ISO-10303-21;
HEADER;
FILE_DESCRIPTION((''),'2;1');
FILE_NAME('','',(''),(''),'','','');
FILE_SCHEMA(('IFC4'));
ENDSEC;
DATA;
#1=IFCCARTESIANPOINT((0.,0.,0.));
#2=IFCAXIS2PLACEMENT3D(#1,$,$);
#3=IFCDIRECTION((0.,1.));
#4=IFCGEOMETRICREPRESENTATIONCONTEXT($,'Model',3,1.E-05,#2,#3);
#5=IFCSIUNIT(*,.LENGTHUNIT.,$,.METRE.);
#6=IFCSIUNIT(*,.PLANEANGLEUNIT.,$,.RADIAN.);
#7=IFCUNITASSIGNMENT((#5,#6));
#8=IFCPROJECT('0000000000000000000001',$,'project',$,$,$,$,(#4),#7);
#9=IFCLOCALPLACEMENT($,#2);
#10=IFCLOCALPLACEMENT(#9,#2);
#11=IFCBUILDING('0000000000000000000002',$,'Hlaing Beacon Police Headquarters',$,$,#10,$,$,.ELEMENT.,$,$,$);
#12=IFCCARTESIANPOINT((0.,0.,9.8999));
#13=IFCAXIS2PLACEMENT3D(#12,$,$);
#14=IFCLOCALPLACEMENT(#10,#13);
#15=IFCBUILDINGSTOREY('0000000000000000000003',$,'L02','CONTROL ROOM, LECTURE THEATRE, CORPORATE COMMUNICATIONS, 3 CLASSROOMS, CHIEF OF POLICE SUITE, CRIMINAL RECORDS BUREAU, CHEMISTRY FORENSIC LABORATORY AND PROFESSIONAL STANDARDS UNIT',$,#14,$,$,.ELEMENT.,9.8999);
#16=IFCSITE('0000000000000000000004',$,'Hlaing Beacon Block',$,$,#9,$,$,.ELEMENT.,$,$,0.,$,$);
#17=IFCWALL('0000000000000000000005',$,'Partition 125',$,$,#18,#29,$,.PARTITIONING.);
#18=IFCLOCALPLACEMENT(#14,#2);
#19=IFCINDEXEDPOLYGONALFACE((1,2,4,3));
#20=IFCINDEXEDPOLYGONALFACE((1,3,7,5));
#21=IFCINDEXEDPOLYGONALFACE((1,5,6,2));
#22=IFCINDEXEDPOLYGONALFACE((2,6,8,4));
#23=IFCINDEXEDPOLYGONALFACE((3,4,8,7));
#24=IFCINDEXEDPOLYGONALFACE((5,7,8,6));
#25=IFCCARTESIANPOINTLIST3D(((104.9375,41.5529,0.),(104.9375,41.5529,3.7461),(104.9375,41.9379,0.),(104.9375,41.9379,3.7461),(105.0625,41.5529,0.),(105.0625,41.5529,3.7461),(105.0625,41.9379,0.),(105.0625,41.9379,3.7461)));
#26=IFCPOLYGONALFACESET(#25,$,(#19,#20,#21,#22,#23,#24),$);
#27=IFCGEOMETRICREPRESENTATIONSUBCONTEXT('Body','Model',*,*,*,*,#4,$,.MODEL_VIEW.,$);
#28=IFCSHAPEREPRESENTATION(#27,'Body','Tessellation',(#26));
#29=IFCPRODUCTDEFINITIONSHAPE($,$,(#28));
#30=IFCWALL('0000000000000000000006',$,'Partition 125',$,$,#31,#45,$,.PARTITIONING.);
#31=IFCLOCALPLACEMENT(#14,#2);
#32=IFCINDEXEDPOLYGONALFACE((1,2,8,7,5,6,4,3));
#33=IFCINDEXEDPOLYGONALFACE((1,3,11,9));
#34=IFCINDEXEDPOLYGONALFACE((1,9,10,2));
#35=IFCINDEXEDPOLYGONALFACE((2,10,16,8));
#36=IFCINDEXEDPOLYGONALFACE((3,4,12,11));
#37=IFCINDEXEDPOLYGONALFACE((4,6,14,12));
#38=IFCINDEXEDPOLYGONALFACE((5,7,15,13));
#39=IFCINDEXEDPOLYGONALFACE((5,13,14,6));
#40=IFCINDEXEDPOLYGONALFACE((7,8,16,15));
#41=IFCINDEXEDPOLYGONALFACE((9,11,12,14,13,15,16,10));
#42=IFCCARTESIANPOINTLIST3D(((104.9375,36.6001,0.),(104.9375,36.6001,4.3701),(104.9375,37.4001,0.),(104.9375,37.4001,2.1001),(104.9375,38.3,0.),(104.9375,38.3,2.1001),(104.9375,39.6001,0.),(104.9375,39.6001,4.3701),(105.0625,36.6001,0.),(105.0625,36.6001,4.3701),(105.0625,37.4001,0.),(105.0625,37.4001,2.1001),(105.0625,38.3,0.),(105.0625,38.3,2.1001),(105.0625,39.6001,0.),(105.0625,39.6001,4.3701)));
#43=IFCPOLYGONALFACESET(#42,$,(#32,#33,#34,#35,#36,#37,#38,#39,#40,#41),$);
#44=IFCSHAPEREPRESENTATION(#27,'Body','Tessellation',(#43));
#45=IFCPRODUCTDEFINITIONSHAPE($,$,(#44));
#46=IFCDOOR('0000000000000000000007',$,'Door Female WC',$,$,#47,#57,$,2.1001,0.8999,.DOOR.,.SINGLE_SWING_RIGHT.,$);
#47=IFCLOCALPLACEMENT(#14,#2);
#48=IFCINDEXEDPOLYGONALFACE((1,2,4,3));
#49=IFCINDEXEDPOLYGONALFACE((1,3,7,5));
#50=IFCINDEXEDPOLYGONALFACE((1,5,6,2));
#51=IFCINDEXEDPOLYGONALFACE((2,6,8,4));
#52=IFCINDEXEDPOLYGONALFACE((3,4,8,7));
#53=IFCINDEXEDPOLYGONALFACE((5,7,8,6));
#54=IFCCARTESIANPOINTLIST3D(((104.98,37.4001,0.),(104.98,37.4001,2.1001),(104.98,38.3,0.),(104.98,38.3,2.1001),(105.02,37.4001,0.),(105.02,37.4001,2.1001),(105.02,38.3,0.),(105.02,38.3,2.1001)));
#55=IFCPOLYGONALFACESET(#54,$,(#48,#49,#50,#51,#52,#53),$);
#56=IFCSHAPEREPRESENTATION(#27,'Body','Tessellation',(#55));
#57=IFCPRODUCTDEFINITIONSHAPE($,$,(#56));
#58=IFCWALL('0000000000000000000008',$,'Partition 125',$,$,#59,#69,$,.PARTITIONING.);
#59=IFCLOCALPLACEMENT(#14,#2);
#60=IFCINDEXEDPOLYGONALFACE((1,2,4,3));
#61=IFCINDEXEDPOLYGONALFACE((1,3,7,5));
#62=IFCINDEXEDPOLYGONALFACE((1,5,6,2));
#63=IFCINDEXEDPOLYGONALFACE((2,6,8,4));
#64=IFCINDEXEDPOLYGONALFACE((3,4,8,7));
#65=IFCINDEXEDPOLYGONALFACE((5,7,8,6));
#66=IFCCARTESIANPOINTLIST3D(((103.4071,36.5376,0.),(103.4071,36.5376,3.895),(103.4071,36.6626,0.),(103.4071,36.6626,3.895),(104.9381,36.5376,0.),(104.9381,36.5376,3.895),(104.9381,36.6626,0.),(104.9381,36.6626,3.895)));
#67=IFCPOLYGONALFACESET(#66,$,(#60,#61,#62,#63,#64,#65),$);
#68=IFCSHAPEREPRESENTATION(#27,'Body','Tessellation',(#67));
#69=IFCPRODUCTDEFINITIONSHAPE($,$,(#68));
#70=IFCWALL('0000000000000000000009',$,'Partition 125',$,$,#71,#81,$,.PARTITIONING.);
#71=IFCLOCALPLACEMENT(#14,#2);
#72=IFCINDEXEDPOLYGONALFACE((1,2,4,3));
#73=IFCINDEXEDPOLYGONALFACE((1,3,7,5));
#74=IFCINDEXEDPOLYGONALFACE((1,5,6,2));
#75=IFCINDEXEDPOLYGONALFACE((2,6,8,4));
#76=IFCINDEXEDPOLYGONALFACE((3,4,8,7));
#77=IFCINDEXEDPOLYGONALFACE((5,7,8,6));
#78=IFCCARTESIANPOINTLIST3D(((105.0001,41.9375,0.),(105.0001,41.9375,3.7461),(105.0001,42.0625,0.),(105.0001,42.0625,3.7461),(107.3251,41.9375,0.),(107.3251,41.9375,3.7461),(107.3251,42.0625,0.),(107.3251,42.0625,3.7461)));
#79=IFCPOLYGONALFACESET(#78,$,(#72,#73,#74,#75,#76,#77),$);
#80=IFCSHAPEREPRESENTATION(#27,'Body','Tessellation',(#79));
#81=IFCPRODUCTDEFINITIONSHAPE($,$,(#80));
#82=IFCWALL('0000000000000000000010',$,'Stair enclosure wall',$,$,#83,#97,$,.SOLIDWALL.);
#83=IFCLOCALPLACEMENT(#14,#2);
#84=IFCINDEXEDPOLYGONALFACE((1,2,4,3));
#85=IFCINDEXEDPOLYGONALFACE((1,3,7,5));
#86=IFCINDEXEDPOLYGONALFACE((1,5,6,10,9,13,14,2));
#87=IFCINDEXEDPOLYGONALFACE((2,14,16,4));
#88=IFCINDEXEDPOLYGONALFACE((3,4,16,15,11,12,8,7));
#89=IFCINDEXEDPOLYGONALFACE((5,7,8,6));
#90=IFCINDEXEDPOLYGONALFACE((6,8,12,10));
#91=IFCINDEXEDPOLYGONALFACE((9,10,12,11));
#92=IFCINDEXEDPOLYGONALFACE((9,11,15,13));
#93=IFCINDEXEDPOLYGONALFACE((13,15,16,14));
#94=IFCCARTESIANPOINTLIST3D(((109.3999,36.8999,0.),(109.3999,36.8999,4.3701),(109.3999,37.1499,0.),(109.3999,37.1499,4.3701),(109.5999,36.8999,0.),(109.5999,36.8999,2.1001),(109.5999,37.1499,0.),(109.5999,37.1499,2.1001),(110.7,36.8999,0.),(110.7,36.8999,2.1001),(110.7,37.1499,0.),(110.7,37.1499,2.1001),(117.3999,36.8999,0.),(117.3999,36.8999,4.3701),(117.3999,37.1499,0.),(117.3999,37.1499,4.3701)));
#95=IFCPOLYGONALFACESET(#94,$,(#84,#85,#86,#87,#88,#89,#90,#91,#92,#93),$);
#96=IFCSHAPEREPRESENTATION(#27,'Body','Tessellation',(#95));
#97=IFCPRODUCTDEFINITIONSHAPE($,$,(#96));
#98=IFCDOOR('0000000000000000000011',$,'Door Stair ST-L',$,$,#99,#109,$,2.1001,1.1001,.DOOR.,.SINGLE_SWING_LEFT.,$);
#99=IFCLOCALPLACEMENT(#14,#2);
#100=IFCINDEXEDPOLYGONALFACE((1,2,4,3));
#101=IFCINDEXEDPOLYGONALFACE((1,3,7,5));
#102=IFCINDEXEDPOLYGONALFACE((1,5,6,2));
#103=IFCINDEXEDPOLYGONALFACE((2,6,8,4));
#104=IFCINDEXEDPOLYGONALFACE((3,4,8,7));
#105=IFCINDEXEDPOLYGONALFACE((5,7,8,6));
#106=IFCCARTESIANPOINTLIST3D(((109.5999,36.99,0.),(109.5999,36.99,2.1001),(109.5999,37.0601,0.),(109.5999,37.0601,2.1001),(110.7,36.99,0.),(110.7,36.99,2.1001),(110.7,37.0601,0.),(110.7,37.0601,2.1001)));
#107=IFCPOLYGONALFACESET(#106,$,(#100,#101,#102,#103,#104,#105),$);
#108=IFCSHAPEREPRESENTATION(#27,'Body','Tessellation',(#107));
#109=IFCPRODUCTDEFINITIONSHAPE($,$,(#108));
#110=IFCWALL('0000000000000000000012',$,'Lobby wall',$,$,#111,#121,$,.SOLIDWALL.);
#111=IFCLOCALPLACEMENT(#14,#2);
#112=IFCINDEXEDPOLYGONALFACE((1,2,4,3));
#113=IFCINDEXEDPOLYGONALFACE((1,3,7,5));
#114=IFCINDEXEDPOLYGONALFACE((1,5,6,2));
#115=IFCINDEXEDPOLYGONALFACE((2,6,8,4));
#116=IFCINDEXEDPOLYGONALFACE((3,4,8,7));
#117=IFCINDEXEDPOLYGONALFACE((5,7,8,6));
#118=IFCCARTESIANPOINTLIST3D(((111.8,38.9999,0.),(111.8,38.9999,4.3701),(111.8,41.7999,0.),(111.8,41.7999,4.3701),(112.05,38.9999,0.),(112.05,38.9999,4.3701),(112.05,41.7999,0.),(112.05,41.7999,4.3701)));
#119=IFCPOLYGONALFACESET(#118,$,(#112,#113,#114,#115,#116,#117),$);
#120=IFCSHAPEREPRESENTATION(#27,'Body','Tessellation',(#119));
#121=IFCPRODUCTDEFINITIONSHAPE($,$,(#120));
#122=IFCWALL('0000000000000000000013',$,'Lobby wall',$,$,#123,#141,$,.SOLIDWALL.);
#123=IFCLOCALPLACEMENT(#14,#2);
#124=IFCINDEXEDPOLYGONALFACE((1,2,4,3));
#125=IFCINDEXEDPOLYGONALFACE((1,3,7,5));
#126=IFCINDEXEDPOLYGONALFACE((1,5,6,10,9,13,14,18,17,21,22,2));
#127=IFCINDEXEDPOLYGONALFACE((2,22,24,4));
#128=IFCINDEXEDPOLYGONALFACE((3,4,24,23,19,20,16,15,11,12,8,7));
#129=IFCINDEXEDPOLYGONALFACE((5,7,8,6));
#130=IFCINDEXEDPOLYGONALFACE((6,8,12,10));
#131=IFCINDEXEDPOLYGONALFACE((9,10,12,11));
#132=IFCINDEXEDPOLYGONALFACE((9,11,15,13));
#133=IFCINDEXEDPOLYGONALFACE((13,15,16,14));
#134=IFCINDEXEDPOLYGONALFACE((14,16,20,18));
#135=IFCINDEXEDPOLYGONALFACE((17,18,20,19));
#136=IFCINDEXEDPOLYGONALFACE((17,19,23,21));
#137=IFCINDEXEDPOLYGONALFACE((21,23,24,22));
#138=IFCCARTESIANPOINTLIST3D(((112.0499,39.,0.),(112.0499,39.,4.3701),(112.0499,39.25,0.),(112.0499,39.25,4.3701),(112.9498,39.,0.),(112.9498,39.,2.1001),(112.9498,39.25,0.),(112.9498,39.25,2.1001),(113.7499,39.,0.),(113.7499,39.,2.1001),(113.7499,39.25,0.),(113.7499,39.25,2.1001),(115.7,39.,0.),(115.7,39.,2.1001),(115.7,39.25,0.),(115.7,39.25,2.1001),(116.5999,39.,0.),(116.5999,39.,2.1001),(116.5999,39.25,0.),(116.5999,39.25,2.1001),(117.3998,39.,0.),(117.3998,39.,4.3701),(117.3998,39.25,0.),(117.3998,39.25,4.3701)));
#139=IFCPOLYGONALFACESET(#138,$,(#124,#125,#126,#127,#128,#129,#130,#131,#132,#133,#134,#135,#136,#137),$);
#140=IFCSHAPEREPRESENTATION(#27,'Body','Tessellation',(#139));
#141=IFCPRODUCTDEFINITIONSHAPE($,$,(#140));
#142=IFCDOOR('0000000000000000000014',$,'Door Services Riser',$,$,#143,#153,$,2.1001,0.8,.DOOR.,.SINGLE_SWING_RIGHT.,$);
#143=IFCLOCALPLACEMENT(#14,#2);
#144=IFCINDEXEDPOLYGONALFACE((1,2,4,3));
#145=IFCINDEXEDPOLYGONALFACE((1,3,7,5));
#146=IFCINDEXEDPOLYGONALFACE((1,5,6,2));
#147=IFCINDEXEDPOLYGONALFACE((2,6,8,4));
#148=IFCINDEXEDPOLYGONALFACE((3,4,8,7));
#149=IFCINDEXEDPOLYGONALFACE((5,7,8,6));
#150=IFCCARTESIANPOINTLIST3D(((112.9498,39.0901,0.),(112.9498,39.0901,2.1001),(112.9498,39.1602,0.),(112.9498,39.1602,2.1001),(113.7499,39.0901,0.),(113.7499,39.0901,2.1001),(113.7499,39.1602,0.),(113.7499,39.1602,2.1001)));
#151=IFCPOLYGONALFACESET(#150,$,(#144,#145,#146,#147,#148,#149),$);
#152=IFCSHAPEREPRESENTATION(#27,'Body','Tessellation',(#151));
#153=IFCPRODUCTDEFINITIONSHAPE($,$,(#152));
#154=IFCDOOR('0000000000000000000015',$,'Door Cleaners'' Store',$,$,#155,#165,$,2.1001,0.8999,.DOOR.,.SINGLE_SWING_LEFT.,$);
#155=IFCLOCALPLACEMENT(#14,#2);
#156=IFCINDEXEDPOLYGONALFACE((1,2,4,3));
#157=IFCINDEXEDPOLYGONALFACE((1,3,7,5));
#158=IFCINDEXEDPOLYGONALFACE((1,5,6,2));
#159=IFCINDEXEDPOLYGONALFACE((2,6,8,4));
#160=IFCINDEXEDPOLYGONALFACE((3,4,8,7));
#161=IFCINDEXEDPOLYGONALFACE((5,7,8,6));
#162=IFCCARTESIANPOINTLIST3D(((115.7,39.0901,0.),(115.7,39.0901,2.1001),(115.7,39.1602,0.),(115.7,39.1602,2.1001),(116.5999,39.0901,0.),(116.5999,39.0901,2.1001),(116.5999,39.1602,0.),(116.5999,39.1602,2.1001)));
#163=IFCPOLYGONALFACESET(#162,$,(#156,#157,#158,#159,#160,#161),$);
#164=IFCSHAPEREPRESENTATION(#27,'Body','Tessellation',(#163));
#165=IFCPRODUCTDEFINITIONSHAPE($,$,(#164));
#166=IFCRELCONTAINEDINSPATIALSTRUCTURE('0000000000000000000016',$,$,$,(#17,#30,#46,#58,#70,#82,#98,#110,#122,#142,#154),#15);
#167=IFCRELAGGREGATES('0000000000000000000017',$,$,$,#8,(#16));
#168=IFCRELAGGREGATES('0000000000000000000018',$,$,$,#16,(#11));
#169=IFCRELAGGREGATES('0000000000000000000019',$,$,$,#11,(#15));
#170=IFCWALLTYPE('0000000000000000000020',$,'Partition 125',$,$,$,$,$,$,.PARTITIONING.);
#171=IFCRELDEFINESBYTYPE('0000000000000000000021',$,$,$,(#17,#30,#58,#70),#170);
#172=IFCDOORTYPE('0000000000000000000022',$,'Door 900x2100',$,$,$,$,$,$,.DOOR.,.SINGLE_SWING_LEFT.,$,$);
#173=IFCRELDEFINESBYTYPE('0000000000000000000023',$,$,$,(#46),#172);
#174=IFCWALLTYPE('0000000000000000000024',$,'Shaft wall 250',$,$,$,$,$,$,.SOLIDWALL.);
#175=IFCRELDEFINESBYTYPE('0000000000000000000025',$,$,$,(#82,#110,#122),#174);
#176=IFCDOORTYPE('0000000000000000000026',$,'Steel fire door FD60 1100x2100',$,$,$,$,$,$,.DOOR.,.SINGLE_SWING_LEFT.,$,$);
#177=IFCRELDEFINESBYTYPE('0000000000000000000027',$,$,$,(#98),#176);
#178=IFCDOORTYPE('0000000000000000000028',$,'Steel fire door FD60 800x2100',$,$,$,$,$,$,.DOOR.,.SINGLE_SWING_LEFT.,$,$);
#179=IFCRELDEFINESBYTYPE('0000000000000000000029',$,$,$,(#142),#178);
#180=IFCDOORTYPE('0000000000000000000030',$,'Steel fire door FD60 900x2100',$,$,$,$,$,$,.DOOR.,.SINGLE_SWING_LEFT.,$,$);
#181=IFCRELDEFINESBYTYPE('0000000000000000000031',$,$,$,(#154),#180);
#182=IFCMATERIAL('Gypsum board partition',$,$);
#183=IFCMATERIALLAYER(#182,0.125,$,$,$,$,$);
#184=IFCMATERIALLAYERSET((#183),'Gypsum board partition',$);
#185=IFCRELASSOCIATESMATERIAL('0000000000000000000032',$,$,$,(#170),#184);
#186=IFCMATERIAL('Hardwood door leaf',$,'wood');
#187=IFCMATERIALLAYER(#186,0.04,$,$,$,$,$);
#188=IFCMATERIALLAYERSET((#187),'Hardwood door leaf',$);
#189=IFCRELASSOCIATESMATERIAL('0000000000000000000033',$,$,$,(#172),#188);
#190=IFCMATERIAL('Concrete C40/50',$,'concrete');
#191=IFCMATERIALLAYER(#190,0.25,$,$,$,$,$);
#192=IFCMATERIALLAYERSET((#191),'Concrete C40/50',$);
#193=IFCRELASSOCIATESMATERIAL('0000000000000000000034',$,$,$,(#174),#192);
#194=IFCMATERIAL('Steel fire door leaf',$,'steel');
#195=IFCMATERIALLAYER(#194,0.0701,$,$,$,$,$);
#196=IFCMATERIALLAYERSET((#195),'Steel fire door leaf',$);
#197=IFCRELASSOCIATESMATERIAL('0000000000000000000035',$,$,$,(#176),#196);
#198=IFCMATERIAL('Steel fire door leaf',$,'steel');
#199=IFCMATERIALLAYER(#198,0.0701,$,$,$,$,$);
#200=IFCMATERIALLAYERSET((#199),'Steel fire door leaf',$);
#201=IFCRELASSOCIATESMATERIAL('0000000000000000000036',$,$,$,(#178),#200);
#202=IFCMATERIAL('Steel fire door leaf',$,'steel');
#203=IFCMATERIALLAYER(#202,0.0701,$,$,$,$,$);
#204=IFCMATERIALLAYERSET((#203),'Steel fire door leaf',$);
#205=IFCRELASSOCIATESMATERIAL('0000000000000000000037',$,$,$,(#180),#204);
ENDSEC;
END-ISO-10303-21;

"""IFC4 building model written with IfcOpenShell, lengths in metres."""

from ifc_helpers import new_model, si_unit, direction, frame, frame_2d, origin, place, context, subcontext, project, spatial, rectangle, extrude, material, layer, layer_set, type_object, element, fill, save


model = new_model("IFC4")

# Units and contexts
model_context = context("Model", 3, precision=1e-05, world=origin(), true_north=direction((0.0, 1.0)))
body_context = subcontext(model_context, "Body", "Model", "MODEL_VIEW")
ifc_project = project(units=[si_unit("LENGTHUNIT", "METRE"), si_unit("PLANEANGLEUNIT", "RADIAN")], contexts=[model_context])

# Site, building, storey
site_placement = place(None, origin())
site = spatial("IfcSite", under=ifc_project, at=site_placement, Name="Hlaing Beacon Block", CompositionType="ELEMENT", RefElevation=0.0)
building_placement = place(site_placement, origin())
building = spatial("IfcBuilding", under=site, at=building_placement, Name="Hlaing Beacon Police Headquarters", CompositionType="ELEMENT")
storey_placement = place(building_placement, frame((0.0, 0.0, 9.8999)))
storey = spatial("IfcBuildingStorey", under=building, at=storey_placement, Name="L02", Description="CONTROL ROOM, LECTURE THEATRE, CORPORATE COMMUNICATIONS, 3 CLASSROOMS, CHIEF OF POLICE SUITE, CRIMINAL RECORDS BUREAU, CHEMISTRY FORENSIC LABORATORY AND PROFESSIONAL STANDARDS UNIT", CompositionType="ELEMENT", Elevation=9.8999)

# Shared definitions
ifc_material_1 = material(Name="Gypsum board partition")
ifc_layer_1 = layer(ifc_material_1, 0.125)
ifc_layer_set_1 = layer_set([ifc_layer_1], Name="Gypsum board partition")
wall_type_1 = type_object("IfcWallType", Name="Partition 125", PredefinedType="PARTITIONING", material=ifc_layer_set_1)

# Wall
wall_1_placement = place(storey_placement, frame((105.0, 41.553, 0.0), z_axis=(0.0, 0.0, 1.0), x_axis=(0.0, 1.0, 0.0)))
element("IfcWall", 1, at=wall_1_placement, inside=storey, type_object=wall_type_1, Name="Partition 125", PredefinedType="PARTITIONING", context=body_context, shape_type="SweptSolid", body=[
    extrude(rectangle(XDim=0.385, YDim=0.125, at=frame_2d((0.1924, 0.0))), origin(), (0.0, 0.0, 1.0), 3.7461),
])

# Wall, opening, door
wall_2_placement = place(storey_placement, frame((105.0, 36.6001, 0.0), z_axis=(0.0, 0.0, 1.0), x_axis=(0.0, 1.0, 0.0)))
wall_2 = element("IfcWall", 2, at=wall_2_placement, inside=storey, type_object=wall_type_1, Name="Partition 125", PredefinedType="PARTITIONING", context=body_context, shape_type="SweptSolid", body=[
    extrude(rectangle(XDim=3.0, YDim=0.125, at=frame_2d((1.5, 0.0))), origin(), (0.0, 0.0, 1.0), 4.3701),
])
opening_1_placement = place(wall_2_placement, frame((0.8, 0.0, 0.0)))
opening_1 = element("IfcOpeningElement", 3, at=opening_1_placement, cuts=wall_2, PredefinedType="OPENING", context=body_context, shape_type="SweptSolid", body=[
    extrude(rectangle(XDim=0.8999, YDim=2.1001, at=frame_2d((0.45, 1.05))), frame((0.0, 0.0725, 0.0), z_axis=(0.0, -1.0, 0.0), x_axis=(1.0, 0.0, 0.0)), (0.0, 0.0, 1.0), 0.145),
])
ifc_material_2 = material(Name="Hardwood door leaf", Category="wood")
ifc_layer_2 = layer(ifc_material_2, 0.04)
ifc_layer_set_2 = layer_set([ifc_layer_2], Name="Hardwood door leaf")
door_type_1 = type_object("IfcDoorType", Name="Door 900x2100", OperationType="SINGLE_SWING_LEFT", PredefinedType="DOOR", material=ifc_layer_set_2)
door_1_placement = place(opening_1_placement, origin())
door_1 = element("IfcDoor", 4, at=door_1_placement, inside=storey, type_object=door_type_1, Name="Door Female WC", OperationType="SINGLE_SWING_RIGHT", OverallHeight=2.1001, OverallWidth=0.8999, PredefinedType="DOOR", context=body_context, shape_type="SweptSolid", body=[
    extrude(rectangle(XDim=0.8999, YDim=2.1001, at=frame_2d((0.45, 1.05))), frame((0.0, 0.02, 0.0), z_axis=(0.0, -1.0, 0.0), x_axis=(1.0, 0.0, 0.0)), (0.0, 0.0, 1.0), 0.04),
])
fill(opening_1, door_1)

# Walls
wall_3_placement = place(storey_placement, frame((103.407, 36.6001, 0.0), z_axis=(0.0, 0.0, 1.0), x_axis=(1.0, 0.0, 0.0)))
element("IfcWall", 5, at=wall_3_placement, inside=storey, type_object=wall_type_1, Name="Partition 125", PredefinedType="PARTITIONING", context=body_context, shape_type="SweptSolid", body=[
    extrude(rectangle(XDim=1.531, YDim=0.125, at=frame_2d((0.7656, 0.0))), origin(), (0.0, 0.0, 1.0), 3.895),
])
wall_4_placement = place(storey_placement, frame((105.0, 42.0, 0.0), z_axis=(0.0, 0.0, 1.0), x_axis=(1.0, 0.0, 0.0)))
element("IfcWall", 6, at=wall_4_placement, inside=storey, type_object=wall_type_1, Name="Partition 125", PredefinedType="PARTITIONING", context=body_context, shape_type="SweptSolid", body=[
    extrude(rectangle(XDim=2.325, YDim=0.125, at=frame_2d((1.1626, 0.0))), origin(), (0.0, 0.0, 1.0), 3.7461),
])

# Wall, opening, door
ifc_material_3 = material(Name="Concrete C40/50", Category="concrete")
ifc_layer_3 = layer(ifc_material_3, 0.25)
ifc_layer_set_3 = layer_set([ifc_layer_3], Name="Concrete C40/50")
wall_type_2 = type_object("IfcWallType", Name="Shaft wall 250", PredefinedType="SOLIDWALL", material=ifc_layer_set_3)
wall_5_placement = place(storey_placement, frame((109.3999, 37.0249, 0.0), z_axis=(0.0, 0.0, 1.0), x_axis=(1.0, 0.0, 0.0)))
wall_5 = element("IfcWall", 7, at=wall_5_placement, inside=storey, type_object=wall_type_2, Name="Stair enclosure wall", PredefinedType="SOLIDWALL", context=body_context, shape_type="SweptSolid", body=[
    extrude(rectangle(XDim=8.0, YDim=0.25, at=frame_2d((4.0, 0.0))), origin(), (0.0, 0.0, 1.0), 4.3701),
])
opening_2_placement = place(wall_5_placement, frame((0.2, 0.0, 0.0)))
opening_2 = element("IfcOpeningElement", 8, at=opening_2_placement, cuts=wall_5, PredefinedType="OPENING", context=body_context, shape_type="SweptSolid", body=[
    extrude(rectangle(XDim=1.1001, YDim=2.1001, at=frame_2d((0.55, 1.05))), frame((0.0, 0.135, 0.0), z_axis=(0.0, -1.0, 0.0), x_axis=(1.0, 0.0, 0.0)), (0.0, 0.0, 1.0), 0.27),
])
ifc_material_4 = material(Name="Steel fire door leaf", Category="steel")
ifc_layer_4 = layer(ifc_material_4, 0.0701)
ifc_layer_set_4 = layer_set([ifc_layer_4], Name="Steel fire door leaf")
door_type_2 = type_object("IfcDoorType", Name="Steel fire door FD60 1100x2100", OperationType="SINGLE_SWING_LEFT", PredefinedType="DOOR", material=ifc_layer_set_4)
door_2_placement = place(opening_2_placement, frame((1.1001, 0.0, 0.0), z_axis=(0.0, 0.0, 1.0), x_axis=(-1.0, 0.0, 0.0)))
door_2 = element("IfcDoor", 9, at=door_2_placement, inside=storey, type_object=door_type_2, Name="Door Stair ST-L", OperationType="SINGLE_SWING_LEFT", OverallHeight=2.1001, OverallWidth=1.1001, PredefinedType="DOOR", context=body_context, shape_type="SweptSolid", body=[
    extrude(rectangle(XDim=1.1001, YDim=2.1001, at=frame_2d((0.55, 1.05))), frame((0.0, 0.0349, 0.0), z_axis=(0.0, -1.0, 0.0), x_axis=(1.0, 0.0, 0.0)), (0.0, 0.0, 1.0), 0.0701),
])
fill(opening_2, door_2)

# Wall
wall_6_placement = place(storey_placement, frame((111.925, 39.0, 0.0), z_axis=(0.0, 0.0, 1.0), x_axis=(0.0, 1.0, 0.0)))
element("IfcWall", 10, at=wall_6_placement, inside=storey, type_object=wall_type_2, Name="Lobby wall", PredefinedType="SOLIDWALL", context=body_context, shape_type="SweptSolid", body=[
    extrude(rectangle(XDim=2.8, YDim=0.25, at=frame_2d((1.3999, 0.0))), origin(), (0.0, 0.0, 1.0), 4.3701),
])

# Wall, openings, doors
wall_7_placement = place(storey_placement, frame((112.05, 39.125, 0.0), z_axis=(0.0, 0.0, 1.0), x_axis=(1.0, 0.0, 0.0)))
wall_7 = element("IfcWall", 11, at=wall_7_placement, inside=storey, type_object=wall_type_2, Name="Lobby wall", PredefinedType="SOLIDWALL", context=body_context, shape_type="SweptSolid", body=[
    extrude(rectangle(XDim=5.3499, YDim=0.25, at=frame_2d((2.6748, 0.0))), origin(), (0.0, 0.0, 1.0), 4.3701),
])
opening_3_placement = place(wall_7_placement, frame((3.6499, 0.0, 0.0)))
opening_3 = element("IfcOpeningElement", 12, at=opening_3_placement, cuts=wall_7, PredefinedType="OPENING", context=body_context, shape_type="SweptSolid", body=[
    extrude(rectangle(XDim=0.8999, YDim=2.1001, at=frame_2d((0.45, 1.05))), frame((0.0, 0.135, 0.0), z_axis=(0.0, -1.0, 0.0), x_axis=(1.0, 0.0, 0.0)), (0.0, 0.0, 1.0), 0.27),
])
opening_4_placement = place(wall_7_placement, frame((0.8999, 0.0, 0.0)))
opening_4 = element("IfcOpeningElement", 13, at=opening_4_placement, cuts=wall_7, PredefinedType="OPENING", context=body_context, shape_type="SweptSolid", body=[
    extrude(rectangle(XDim=0.8, YDim=2.1001, at=frame_2d((0.3999, 1.05))), frame((0.0, 0.135, 0.0), z_axis=(0.0, -1.0, 0.0), x_axis=(1.0, 0.0, 0.0)), (0.0, 0.0, 1.0), 0.27),
])
ifc_material_5 = material(Name="Steel fire door leaf", Category="steel")
ifc_layer_5 = layer(ifc_material_5, 0.0701)
ifc_layer_set_5 = layer_set([ifc_layer_5], Name="Steel fire door leaf")
door_type_3 = type_object("IfcDoorType", Name="Steel fire door FD60 800x2100", OperationType="SINGLE_SWING_LEFT", PredefinedType="DOOR", material=ifc_layer_set_5)
door_3_placement = place(opening_4_placement, origin())
door_3 = element("IfcDoor", 14, at=door_3_placement, inside=storey, type_object=door_type_3, Name="Door Services Riser", OperationType="SINGLE_SWING_RIGHT", OverallHeight=2.1001, OverallWidth=0.8, PredefinedType="DOOR", context=body_context, shape_type="SweptSolid", body=[
    extrude(rectangle(XDim=0.8, YDim=2.1001, at=frame_2d((0.3999, 1.05))), frame((0.0, 0.0352, 0.0), z_axis=(0.0, -1.0, 0.0), x_axis=(1.0, 0.0, 0.0)), (0.0, 0.0, 1.0), 0.0701),
])
fill(opening_4, door_3)
ifc_material_6 = material(Name="Steel fire door leaf", Category="steel")
ifc_layer_6 = layer(ifc_material_6, 0.0701)
ifc_layer_set_6 = layer_set([ifc_layer_6], Name="Steel fire door leaf")
door_type_4 = type_object("IfcDoorType", Name="Steel fire door FD60 900x2100", OperationType="SINGLE_SWING_LEFT", PredefinedType="DOOR", material=ifc_layer_set_6)
door_4_placement = place(opening_3_placement, origin())
door_4 = element("IfcDoor", 15, at=door_4_placement, inside=storey, type_object=door_type_4, Name="Door Cleaners' Store", OperationType="SINGLE_SWING_LEFT", OverallHeight=2.1001, OverallWidth=0.8999, PredefinedType="DOOR", context=body_context, shape_type="SweptSolid", body=[
    extrude(rectangle(XDim=0.8999, YDim=2.1001, at=frame_2d((0.45, 1.05))), frame((0.0, 0.0352, 0.0), z_axis=(0.0, -1.0, 0.0), x_axis=(1.0, 0.0, 0.0)), (0.0, 0.0, 1.0), 0.0701),
])
fill(opening_3, door_4)

save(model, "model.ifc")
